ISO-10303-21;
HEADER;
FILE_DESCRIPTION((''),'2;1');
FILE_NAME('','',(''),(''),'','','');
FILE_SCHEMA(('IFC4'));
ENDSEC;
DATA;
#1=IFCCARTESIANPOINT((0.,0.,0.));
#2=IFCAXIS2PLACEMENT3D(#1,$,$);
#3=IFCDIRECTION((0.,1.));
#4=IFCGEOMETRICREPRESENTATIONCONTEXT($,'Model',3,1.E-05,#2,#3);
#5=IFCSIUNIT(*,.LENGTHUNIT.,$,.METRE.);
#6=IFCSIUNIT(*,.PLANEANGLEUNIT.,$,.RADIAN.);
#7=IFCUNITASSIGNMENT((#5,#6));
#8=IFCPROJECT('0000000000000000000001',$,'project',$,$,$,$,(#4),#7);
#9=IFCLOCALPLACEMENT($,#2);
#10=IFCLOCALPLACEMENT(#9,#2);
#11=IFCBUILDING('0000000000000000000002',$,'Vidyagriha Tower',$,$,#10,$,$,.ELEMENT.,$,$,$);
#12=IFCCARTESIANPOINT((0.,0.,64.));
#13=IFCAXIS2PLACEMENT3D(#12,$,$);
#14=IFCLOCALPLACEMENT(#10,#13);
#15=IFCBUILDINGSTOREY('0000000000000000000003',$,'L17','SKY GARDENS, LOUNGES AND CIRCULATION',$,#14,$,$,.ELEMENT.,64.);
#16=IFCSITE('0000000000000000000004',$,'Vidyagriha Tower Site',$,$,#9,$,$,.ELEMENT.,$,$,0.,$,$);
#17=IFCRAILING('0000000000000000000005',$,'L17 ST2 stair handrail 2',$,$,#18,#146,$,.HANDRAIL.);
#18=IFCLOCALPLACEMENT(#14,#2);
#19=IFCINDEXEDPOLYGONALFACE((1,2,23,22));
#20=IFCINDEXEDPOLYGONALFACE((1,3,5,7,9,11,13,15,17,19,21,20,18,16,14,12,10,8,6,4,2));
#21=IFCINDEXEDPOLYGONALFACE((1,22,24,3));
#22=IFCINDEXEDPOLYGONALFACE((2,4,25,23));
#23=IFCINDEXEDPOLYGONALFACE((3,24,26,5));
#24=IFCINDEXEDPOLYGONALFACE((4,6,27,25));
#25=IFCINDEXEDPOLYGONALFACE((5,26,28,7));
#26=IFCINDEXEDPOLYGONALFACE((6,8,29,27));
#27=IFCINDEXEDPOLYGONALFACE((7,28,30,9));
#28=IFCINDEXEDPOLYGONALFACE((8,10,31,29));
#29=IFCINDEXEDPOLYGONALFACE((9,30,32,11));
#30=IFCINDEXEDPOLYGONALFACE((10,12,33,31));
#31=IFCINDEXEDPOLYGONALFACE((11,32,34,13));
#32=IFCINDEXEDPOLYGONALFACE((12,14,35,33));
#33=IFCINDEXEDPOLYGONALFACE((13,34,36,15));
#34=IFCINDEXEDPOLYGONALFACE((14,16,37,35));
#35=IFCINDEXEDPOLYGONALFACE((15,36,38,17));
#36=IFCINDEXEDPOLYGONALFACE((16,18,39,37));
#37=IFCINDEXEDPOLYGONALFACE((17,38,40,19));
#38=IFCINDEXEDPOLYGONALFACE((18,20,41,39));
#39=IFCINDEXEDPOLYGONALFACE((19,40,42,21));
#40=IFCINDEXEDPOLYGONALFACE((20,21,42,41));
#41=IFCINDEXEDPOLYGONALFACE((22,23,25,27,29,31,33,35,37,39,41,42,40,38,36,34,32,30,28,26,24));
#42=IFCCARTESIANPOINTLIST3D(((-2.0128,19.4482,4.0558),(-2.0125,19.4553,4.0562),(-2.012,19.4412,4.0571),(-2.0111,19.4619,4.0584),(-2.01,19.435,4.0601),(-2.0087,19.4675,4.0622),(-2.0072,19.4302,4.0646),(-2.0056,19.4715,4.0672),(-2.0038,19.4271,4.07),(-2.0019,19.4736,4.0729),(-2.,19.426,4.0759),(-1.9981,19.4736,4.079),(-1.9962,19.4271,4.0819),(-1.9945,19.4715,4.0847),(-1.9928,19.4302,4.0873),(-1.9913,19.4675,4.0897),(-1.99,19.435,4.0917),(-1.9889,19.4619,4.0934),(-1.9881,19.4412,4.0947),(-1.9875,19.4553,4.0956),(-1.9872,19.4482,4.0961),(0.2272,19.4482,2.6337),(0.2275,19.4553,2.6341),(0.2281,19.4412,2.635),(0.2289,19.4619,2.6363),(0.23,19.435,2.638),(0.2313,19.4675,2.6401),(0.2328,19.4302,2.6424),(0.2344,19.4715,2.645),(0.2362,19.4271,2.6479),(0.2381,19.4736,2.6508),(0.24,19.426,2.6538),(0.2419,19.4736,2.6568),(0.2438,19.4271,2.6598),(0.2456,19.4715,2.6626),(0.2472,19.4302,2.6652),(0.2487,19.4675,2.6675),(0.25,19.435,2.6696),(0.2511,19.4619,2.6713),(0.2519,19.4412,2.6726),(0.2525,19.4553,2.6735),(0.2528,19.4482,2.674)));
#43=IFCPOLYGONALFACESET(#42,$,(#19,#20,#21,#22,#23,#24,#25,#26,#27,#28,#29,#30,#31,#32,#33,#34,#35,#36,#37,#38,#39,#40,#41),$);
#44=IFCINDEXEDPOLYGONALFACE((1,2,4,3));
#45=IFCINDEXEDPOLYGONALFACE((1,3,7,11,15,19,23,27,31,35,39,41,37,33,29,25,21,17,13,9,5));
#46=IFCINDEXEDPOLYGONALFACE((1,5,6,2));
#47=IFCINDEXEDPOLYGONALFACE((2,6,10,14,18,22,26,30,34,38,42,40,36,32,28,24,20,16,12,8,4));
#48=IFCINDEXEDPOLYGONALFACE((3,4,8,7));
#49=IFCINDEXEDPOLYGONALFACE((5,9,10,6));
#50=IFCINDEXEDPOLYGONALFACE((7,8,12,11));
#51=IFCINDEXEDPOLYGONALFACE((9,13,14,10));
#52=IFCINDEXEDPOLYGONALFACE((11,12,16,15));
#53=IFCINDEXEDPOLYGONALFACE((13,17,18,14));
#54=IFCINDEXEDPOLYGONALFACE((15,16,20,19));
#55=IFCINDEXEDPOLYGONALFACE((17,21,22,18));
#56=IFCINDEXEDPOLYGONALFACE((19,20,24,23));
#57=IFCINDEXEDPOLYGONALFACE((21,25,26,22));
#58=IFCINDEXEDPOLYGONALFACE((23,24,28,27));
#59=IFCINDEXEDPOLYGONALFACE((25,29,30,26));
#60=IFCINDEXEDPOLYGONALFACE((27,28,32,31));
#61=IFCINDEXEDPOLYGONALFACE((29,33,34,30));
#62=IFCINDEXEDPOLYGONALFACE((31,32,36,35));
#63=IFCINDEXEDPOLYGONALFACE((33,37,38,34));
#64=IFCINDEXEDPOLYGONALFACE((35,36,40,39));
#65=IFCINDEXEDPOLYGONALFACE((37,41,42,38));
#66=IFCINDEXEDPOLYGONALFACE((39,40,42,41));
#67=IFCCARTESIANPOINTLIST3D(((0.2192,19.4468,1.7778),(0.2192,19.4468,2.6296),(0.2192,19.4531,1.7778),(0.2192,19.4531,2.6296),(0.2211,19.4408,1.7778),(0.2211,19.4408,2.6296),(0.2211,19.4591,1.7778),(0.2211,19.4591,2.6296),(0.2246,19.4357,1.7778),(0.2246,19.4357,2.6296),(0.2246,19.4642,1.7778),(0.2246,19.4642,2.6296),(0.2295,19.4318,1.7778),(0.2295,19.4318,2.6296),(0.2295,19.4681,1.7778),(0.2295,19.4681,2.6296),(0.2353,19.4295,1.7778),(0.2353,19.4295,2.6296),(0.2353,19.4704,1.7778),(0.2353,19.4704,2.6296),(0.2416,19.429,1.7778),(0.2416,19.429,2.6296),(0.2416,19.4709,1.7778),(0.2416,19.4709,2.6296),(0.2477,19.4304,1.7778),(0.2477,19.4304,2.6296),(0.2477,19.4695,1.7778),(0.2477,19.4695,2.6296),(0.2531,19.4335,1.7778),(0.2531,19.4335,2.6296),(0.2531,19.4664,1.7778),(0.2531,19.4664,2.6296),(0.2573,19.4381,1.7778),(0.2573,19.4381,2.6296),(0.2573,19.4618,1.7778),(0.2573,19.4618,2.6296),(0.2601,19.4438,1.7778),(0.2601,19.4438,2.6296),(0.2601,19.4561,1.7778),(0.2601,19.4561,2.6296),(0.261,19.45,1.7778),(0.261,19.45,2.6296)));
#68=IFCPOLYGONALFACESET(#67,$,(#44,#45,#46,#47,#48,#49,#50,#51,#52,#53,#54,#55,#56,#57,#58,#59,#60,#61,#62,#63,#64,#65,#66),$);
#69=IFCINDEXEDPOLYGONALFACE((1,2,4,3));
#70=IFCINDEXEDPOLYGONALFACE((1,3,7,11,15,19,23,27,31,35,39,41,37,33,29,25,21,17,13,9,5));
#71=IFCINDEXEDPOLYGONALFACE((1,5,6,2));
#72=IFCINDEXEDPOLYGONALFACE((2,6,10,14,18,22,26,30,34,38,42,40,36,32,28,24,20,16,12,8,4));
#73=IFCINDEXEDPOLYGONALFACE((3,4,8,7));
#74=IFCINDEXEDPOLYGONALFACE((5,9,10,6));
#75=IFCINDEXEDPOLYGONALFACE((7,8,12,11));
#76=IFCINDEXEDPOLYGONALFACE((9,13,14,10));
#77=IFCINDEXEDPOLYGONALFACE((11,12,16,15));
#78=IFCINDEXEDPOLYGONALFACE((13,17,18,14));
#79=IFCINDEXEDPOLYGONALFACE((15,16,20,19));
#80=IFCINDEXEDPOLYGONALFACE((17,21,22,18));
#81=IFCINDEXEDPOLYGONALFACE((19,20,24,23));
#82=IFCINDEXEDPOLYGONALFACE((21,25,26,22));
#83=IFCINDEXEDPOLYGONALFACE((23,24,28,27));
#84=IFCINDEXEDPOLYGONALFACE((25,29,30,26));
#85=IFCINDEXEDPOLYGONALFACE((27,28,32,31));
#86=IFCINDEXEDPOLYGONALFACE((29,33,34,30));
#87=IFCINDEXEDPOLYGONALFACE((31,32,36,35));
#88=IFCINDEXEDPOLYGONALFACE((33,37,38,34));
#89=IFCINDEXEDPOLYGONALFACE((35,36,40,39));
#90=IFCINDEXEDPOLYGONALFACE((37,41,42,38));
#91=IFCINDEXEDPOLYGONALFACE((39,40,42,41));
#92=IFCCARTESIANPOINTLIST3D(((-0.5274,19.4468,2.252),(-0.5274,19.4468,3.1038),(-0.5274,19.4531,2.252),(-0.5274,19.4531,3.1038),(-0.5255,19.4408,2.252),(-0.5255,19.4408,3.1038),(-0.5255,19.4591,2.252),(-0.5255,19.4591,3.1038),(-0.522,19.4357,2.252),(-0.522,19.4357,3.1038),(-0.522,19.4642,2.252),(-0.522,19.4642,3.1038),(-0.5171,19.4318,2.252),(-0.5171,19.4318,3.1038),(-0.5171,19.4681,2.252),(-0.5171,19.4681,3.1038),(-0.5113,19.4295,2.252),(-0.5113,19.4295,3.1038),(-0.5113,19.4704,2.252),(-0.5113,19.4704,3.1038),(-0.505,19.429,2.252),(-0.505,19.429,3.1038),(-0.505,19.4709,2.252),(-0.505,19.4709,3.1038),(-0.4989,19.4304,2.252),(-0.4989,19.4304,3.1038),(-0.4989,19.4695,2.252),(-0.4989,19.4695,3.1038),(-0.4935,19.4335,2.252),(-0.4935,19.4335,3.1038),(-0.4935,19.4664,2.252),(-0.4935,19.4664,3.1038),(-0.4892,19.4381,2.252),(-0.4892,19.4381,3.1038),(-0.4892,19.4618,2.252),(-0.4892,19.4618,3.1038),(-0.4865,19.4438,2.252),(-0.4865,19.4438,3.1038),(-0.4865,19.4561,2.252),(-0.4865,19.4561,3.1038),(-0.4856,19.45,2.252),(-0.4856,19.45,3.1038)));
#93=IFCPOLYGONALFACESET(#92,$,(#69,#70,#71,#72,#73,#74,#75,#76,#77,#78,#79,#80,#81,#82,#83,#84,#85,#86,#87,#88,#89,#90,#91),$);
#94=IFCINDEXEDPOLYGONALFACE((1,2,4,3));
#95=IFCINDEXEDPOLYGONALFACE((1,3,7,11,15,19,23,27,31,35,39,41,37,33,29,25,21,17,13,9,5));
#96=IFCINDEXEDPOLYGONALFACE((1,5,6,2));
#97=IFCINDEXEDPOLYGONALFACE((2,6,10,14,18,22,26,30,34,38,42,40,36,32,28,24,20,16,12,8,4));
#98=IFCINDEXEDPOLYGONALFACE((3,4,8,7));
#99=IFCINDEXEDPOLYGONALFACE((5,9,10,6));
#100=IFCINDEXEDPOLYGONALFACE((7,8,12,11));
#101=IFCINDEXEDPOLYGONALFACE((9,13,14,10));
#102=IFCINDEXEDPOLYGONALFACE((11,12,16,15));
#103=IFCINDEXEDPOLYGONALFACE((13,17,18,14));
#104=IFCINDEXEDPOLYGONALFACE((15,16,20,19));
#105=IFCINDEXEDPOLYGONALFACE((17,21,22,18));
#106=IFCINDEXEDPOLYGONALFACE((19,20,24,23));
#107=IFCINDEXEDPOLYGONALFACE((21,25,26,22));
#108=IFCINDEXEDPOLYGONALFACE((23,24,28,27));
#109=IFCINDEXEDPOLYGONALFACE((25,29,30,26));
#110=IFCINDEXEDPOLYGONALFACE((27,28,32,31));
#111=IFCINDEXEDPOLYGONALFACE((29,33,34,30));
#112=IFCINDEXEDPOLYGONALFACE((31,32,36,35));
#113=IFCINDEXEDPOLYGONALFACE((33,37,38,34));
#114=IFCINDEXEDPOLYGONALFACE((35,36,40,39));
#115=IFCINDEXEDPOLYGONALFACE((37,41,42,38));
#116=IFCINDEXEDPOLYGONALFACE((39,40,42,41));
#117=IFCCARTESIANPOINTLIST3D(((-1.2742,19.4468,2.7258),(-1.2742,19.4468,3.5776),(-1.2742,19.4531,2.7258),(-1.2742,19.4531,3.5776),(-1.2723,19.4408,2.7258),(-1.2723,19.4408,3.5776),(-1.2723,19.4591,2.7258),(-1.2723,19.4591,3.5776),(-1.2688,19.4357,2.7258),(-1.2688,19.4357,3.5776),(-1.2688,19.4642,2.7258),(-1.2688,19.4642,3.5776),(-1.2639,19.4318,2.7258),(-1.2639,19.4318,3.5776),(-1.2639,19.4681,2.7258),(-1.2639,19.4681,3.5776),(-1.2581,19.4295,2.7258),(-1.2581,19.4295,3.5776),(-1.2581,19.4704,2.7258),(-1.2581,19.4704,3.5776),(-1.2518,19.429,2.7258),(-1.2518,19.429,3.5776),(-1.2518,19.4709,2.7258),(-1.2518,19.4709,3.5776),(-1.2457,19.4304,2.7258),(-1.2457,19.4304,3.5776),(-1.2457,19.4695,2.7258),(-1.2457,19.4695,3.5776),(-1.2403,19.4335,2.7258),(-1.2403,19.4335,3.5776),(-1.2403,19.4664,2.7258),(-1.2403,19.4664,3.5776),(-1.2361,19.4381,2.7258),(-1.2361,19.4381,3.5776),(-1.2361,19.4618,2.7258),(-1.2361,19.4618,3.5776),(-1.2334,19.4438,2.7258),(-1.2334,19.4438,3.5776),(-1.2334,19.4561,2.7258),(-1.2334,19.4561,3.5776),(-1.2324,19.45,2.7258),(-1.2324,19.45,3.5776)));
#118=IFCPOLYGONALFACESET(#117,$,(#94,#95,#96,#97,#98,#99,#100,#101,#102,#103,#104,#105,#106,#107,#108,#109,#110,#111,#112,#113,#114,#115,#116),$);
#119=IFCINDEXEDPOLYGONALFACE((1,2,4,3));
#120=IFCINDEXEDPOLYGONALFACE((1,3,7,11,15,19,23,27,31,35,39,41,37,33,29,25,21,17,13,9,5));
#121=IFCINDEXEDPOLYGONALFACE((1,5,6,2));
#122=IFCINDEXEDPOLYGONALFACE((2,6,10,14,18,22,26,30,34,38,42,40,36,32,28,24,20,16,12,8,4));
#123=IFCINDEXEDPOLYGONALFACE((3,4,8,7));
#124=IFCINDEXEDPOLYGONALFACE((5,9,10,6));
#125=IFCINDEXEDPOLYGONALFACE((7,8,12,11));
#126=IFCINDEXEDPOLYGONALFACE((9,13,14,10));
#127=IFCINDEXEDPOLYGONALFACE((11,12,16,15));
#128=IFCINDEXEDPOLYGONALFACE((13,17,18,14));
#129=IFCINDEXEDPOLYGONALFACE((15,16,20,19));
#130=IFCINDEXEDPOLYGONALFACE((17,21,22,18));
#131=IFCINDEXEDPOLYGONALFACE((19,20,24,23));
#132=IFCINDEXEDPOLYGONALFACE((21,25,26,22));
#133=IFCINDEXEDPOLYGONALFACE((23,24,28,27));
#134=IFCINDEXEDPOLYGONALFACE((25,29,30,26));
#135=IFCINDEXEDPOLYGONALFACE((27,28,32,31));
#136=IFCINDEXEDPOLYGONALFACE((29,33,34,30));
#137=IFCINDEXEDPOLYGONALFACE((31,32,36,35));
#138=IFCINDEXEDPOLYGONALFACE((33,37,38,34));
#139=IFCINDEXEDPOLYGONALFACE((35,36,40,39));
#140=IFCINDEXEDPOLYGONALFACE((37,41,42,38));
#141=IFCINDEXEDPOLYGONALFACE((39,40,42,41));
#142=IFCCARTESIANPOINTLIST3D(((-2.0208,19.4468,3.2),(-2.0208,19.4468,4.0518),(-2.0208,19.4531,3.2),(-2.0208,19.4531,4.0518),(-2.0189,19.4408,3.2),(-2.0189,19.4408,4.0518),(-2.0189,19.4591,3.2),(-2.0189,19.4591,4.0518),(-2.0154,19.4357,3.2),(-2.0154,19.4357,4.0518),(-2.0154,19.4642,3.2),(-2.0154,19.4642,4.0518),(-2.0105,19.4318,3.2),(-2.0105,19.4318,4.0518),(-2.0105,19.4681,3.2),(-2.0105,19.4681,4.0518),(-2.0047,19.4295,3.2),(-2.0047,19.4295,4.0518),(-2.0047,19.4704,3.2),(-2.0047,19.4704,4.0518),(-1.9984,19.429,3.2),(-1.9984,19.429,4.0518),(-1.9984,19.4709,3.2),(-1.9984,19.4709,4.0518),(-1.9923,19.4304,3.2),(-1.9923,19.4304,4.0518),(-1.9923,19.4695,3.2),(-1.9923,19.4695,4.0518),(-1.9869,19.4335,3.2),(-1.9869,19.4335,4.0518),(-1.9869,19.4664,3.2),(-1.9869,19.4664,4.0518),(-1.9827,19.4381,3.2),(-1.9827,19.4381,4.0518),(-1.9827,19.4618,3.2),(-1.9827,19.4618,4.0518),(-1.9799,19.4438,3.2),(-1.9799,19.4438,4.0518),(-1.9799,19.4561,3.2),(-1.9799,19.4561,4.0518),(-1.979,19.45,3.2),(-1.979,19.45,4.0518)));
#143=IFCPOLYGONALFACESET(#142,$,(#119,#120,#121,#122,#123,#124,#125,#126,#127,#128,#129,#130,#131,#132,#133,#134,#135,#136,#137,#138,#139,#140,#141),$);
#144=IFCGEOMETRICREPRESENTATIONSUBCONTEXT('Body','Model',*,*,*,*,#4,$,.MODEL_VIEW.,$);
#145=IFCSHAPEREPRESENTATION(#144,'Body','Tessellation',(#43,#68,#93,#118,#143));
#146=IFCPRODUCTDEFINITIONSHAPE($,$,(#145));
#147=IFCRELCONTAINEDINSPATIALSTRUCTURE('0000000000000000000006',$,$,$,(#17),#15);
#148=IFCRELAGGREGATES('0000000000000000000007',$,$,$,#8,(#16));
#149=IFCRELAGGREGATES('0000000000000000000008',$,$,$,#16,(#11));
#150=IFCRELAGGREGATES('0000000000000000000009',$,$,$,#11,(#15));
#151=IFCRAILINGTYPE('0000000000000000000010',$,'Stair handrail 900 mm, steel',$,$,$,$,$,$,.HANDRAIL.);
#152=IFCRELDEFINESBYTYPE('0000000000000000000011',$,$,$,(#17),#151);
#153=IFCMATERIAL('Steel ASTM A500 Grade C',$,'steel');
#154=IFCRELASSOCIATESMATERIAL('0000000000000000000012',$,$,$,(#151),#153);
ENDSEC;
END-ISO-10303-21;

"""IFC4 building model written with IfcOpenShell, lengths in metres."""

from ifc_helpers import new_model, si_unit, direction, frame, origin, origin_2d, place, context, subcontext, project, spatial, circle, extrude, material, type_object, element, save


model = new_model("IFC4")

# Units and contexts
model_context = context("Model", 3, precision=1e-05, world=origin(), true_north=direction((0.0, 1.0)))
body_context = subcontext(model_context, "Body", "Model", "MODEL_VIEW")
ifc_project = project(units=[si_unit("LENGTHUNIT", "METRE"), si_unit("PLANEANGLEUNIT", "RADIAN")], contexts=[model_context])

# Site, building, storey
site_placement = place(None, origin())
site = spatial("IfcSite", under=ifc_project, at=site_placement, Name="Vidyagriha Tower Site", CompositionType="ELEMENT", RefElevation=0.0)
building_placement = place(site_placement, origin())
building = spatial("IfcBuilding", under=site, at=building_placement, Name="Vidyagriha Tower", CompositionType="ELEMENT")
storey_placement = place(building_placement, frame((0.0, 0.0, 64.0)))
storey = spatial("IfcBuildingStorey", under=building, at=storey_placement, Name="L17", Description="SKY GARDENS, LOUNGES AND CIRCULATION", CompositionType="ELEMENT", Elevation=64.0)

# Railing
ifc_material_1 = material(Name="Steel ASTM A500 Grade C", Category="steel")
railing_type_1 = type_object("IfcRailingType", Name="Stair handrail 900 mm, steel", PredefinedType="HANDRAIL", material=ifc_material_1)
for number, where, name in (
    (1, (0.24, 19.45, 1.7778), "L17 ST2 stair handrail 2"),
):
    element("IfcRailing", number, at=place(storey_placement, frame(where)), inside=storey, type_object=railing_type_1, Name=name, PredefinedType="HANDRAIL", context=body_context, shape_type="SweptSolid", body=[
        extrude(circle(Radius=0.0239, at=origin_2d()), frame((0.0, 0.0, 0.876), z_axis=(-0.844229, 0.0, 0.535982), x_axis=(0.0, -1.0, 0.0)), (0.0, 0.0, 1.0), 2.6533),
        extrude(circle(Radius=0.021, at=origin_2d()), origin(), (0.0, 0.0, 1.0), 0.8518),
        extrude(circle(Radius=0.021, at=origin_2d()), frame((-0.7466, 0.0, 0.4741)), (0.0, 0.0, 1.0), 0.8518),
        extrude(circle(Radius=0.021, at=origin_2d()), frame((-1.4934, 0.0, 0.948)), (0.0, 0.0, 1.0), 0.8518),
        extrude(circle(Radius=0.021, at=origin_2d()), frame((-2.24, 0.0, 1.4221)), (0.0, 0.0, 1.0), 0.8518),
    ])

save(model, "model.ifc")
